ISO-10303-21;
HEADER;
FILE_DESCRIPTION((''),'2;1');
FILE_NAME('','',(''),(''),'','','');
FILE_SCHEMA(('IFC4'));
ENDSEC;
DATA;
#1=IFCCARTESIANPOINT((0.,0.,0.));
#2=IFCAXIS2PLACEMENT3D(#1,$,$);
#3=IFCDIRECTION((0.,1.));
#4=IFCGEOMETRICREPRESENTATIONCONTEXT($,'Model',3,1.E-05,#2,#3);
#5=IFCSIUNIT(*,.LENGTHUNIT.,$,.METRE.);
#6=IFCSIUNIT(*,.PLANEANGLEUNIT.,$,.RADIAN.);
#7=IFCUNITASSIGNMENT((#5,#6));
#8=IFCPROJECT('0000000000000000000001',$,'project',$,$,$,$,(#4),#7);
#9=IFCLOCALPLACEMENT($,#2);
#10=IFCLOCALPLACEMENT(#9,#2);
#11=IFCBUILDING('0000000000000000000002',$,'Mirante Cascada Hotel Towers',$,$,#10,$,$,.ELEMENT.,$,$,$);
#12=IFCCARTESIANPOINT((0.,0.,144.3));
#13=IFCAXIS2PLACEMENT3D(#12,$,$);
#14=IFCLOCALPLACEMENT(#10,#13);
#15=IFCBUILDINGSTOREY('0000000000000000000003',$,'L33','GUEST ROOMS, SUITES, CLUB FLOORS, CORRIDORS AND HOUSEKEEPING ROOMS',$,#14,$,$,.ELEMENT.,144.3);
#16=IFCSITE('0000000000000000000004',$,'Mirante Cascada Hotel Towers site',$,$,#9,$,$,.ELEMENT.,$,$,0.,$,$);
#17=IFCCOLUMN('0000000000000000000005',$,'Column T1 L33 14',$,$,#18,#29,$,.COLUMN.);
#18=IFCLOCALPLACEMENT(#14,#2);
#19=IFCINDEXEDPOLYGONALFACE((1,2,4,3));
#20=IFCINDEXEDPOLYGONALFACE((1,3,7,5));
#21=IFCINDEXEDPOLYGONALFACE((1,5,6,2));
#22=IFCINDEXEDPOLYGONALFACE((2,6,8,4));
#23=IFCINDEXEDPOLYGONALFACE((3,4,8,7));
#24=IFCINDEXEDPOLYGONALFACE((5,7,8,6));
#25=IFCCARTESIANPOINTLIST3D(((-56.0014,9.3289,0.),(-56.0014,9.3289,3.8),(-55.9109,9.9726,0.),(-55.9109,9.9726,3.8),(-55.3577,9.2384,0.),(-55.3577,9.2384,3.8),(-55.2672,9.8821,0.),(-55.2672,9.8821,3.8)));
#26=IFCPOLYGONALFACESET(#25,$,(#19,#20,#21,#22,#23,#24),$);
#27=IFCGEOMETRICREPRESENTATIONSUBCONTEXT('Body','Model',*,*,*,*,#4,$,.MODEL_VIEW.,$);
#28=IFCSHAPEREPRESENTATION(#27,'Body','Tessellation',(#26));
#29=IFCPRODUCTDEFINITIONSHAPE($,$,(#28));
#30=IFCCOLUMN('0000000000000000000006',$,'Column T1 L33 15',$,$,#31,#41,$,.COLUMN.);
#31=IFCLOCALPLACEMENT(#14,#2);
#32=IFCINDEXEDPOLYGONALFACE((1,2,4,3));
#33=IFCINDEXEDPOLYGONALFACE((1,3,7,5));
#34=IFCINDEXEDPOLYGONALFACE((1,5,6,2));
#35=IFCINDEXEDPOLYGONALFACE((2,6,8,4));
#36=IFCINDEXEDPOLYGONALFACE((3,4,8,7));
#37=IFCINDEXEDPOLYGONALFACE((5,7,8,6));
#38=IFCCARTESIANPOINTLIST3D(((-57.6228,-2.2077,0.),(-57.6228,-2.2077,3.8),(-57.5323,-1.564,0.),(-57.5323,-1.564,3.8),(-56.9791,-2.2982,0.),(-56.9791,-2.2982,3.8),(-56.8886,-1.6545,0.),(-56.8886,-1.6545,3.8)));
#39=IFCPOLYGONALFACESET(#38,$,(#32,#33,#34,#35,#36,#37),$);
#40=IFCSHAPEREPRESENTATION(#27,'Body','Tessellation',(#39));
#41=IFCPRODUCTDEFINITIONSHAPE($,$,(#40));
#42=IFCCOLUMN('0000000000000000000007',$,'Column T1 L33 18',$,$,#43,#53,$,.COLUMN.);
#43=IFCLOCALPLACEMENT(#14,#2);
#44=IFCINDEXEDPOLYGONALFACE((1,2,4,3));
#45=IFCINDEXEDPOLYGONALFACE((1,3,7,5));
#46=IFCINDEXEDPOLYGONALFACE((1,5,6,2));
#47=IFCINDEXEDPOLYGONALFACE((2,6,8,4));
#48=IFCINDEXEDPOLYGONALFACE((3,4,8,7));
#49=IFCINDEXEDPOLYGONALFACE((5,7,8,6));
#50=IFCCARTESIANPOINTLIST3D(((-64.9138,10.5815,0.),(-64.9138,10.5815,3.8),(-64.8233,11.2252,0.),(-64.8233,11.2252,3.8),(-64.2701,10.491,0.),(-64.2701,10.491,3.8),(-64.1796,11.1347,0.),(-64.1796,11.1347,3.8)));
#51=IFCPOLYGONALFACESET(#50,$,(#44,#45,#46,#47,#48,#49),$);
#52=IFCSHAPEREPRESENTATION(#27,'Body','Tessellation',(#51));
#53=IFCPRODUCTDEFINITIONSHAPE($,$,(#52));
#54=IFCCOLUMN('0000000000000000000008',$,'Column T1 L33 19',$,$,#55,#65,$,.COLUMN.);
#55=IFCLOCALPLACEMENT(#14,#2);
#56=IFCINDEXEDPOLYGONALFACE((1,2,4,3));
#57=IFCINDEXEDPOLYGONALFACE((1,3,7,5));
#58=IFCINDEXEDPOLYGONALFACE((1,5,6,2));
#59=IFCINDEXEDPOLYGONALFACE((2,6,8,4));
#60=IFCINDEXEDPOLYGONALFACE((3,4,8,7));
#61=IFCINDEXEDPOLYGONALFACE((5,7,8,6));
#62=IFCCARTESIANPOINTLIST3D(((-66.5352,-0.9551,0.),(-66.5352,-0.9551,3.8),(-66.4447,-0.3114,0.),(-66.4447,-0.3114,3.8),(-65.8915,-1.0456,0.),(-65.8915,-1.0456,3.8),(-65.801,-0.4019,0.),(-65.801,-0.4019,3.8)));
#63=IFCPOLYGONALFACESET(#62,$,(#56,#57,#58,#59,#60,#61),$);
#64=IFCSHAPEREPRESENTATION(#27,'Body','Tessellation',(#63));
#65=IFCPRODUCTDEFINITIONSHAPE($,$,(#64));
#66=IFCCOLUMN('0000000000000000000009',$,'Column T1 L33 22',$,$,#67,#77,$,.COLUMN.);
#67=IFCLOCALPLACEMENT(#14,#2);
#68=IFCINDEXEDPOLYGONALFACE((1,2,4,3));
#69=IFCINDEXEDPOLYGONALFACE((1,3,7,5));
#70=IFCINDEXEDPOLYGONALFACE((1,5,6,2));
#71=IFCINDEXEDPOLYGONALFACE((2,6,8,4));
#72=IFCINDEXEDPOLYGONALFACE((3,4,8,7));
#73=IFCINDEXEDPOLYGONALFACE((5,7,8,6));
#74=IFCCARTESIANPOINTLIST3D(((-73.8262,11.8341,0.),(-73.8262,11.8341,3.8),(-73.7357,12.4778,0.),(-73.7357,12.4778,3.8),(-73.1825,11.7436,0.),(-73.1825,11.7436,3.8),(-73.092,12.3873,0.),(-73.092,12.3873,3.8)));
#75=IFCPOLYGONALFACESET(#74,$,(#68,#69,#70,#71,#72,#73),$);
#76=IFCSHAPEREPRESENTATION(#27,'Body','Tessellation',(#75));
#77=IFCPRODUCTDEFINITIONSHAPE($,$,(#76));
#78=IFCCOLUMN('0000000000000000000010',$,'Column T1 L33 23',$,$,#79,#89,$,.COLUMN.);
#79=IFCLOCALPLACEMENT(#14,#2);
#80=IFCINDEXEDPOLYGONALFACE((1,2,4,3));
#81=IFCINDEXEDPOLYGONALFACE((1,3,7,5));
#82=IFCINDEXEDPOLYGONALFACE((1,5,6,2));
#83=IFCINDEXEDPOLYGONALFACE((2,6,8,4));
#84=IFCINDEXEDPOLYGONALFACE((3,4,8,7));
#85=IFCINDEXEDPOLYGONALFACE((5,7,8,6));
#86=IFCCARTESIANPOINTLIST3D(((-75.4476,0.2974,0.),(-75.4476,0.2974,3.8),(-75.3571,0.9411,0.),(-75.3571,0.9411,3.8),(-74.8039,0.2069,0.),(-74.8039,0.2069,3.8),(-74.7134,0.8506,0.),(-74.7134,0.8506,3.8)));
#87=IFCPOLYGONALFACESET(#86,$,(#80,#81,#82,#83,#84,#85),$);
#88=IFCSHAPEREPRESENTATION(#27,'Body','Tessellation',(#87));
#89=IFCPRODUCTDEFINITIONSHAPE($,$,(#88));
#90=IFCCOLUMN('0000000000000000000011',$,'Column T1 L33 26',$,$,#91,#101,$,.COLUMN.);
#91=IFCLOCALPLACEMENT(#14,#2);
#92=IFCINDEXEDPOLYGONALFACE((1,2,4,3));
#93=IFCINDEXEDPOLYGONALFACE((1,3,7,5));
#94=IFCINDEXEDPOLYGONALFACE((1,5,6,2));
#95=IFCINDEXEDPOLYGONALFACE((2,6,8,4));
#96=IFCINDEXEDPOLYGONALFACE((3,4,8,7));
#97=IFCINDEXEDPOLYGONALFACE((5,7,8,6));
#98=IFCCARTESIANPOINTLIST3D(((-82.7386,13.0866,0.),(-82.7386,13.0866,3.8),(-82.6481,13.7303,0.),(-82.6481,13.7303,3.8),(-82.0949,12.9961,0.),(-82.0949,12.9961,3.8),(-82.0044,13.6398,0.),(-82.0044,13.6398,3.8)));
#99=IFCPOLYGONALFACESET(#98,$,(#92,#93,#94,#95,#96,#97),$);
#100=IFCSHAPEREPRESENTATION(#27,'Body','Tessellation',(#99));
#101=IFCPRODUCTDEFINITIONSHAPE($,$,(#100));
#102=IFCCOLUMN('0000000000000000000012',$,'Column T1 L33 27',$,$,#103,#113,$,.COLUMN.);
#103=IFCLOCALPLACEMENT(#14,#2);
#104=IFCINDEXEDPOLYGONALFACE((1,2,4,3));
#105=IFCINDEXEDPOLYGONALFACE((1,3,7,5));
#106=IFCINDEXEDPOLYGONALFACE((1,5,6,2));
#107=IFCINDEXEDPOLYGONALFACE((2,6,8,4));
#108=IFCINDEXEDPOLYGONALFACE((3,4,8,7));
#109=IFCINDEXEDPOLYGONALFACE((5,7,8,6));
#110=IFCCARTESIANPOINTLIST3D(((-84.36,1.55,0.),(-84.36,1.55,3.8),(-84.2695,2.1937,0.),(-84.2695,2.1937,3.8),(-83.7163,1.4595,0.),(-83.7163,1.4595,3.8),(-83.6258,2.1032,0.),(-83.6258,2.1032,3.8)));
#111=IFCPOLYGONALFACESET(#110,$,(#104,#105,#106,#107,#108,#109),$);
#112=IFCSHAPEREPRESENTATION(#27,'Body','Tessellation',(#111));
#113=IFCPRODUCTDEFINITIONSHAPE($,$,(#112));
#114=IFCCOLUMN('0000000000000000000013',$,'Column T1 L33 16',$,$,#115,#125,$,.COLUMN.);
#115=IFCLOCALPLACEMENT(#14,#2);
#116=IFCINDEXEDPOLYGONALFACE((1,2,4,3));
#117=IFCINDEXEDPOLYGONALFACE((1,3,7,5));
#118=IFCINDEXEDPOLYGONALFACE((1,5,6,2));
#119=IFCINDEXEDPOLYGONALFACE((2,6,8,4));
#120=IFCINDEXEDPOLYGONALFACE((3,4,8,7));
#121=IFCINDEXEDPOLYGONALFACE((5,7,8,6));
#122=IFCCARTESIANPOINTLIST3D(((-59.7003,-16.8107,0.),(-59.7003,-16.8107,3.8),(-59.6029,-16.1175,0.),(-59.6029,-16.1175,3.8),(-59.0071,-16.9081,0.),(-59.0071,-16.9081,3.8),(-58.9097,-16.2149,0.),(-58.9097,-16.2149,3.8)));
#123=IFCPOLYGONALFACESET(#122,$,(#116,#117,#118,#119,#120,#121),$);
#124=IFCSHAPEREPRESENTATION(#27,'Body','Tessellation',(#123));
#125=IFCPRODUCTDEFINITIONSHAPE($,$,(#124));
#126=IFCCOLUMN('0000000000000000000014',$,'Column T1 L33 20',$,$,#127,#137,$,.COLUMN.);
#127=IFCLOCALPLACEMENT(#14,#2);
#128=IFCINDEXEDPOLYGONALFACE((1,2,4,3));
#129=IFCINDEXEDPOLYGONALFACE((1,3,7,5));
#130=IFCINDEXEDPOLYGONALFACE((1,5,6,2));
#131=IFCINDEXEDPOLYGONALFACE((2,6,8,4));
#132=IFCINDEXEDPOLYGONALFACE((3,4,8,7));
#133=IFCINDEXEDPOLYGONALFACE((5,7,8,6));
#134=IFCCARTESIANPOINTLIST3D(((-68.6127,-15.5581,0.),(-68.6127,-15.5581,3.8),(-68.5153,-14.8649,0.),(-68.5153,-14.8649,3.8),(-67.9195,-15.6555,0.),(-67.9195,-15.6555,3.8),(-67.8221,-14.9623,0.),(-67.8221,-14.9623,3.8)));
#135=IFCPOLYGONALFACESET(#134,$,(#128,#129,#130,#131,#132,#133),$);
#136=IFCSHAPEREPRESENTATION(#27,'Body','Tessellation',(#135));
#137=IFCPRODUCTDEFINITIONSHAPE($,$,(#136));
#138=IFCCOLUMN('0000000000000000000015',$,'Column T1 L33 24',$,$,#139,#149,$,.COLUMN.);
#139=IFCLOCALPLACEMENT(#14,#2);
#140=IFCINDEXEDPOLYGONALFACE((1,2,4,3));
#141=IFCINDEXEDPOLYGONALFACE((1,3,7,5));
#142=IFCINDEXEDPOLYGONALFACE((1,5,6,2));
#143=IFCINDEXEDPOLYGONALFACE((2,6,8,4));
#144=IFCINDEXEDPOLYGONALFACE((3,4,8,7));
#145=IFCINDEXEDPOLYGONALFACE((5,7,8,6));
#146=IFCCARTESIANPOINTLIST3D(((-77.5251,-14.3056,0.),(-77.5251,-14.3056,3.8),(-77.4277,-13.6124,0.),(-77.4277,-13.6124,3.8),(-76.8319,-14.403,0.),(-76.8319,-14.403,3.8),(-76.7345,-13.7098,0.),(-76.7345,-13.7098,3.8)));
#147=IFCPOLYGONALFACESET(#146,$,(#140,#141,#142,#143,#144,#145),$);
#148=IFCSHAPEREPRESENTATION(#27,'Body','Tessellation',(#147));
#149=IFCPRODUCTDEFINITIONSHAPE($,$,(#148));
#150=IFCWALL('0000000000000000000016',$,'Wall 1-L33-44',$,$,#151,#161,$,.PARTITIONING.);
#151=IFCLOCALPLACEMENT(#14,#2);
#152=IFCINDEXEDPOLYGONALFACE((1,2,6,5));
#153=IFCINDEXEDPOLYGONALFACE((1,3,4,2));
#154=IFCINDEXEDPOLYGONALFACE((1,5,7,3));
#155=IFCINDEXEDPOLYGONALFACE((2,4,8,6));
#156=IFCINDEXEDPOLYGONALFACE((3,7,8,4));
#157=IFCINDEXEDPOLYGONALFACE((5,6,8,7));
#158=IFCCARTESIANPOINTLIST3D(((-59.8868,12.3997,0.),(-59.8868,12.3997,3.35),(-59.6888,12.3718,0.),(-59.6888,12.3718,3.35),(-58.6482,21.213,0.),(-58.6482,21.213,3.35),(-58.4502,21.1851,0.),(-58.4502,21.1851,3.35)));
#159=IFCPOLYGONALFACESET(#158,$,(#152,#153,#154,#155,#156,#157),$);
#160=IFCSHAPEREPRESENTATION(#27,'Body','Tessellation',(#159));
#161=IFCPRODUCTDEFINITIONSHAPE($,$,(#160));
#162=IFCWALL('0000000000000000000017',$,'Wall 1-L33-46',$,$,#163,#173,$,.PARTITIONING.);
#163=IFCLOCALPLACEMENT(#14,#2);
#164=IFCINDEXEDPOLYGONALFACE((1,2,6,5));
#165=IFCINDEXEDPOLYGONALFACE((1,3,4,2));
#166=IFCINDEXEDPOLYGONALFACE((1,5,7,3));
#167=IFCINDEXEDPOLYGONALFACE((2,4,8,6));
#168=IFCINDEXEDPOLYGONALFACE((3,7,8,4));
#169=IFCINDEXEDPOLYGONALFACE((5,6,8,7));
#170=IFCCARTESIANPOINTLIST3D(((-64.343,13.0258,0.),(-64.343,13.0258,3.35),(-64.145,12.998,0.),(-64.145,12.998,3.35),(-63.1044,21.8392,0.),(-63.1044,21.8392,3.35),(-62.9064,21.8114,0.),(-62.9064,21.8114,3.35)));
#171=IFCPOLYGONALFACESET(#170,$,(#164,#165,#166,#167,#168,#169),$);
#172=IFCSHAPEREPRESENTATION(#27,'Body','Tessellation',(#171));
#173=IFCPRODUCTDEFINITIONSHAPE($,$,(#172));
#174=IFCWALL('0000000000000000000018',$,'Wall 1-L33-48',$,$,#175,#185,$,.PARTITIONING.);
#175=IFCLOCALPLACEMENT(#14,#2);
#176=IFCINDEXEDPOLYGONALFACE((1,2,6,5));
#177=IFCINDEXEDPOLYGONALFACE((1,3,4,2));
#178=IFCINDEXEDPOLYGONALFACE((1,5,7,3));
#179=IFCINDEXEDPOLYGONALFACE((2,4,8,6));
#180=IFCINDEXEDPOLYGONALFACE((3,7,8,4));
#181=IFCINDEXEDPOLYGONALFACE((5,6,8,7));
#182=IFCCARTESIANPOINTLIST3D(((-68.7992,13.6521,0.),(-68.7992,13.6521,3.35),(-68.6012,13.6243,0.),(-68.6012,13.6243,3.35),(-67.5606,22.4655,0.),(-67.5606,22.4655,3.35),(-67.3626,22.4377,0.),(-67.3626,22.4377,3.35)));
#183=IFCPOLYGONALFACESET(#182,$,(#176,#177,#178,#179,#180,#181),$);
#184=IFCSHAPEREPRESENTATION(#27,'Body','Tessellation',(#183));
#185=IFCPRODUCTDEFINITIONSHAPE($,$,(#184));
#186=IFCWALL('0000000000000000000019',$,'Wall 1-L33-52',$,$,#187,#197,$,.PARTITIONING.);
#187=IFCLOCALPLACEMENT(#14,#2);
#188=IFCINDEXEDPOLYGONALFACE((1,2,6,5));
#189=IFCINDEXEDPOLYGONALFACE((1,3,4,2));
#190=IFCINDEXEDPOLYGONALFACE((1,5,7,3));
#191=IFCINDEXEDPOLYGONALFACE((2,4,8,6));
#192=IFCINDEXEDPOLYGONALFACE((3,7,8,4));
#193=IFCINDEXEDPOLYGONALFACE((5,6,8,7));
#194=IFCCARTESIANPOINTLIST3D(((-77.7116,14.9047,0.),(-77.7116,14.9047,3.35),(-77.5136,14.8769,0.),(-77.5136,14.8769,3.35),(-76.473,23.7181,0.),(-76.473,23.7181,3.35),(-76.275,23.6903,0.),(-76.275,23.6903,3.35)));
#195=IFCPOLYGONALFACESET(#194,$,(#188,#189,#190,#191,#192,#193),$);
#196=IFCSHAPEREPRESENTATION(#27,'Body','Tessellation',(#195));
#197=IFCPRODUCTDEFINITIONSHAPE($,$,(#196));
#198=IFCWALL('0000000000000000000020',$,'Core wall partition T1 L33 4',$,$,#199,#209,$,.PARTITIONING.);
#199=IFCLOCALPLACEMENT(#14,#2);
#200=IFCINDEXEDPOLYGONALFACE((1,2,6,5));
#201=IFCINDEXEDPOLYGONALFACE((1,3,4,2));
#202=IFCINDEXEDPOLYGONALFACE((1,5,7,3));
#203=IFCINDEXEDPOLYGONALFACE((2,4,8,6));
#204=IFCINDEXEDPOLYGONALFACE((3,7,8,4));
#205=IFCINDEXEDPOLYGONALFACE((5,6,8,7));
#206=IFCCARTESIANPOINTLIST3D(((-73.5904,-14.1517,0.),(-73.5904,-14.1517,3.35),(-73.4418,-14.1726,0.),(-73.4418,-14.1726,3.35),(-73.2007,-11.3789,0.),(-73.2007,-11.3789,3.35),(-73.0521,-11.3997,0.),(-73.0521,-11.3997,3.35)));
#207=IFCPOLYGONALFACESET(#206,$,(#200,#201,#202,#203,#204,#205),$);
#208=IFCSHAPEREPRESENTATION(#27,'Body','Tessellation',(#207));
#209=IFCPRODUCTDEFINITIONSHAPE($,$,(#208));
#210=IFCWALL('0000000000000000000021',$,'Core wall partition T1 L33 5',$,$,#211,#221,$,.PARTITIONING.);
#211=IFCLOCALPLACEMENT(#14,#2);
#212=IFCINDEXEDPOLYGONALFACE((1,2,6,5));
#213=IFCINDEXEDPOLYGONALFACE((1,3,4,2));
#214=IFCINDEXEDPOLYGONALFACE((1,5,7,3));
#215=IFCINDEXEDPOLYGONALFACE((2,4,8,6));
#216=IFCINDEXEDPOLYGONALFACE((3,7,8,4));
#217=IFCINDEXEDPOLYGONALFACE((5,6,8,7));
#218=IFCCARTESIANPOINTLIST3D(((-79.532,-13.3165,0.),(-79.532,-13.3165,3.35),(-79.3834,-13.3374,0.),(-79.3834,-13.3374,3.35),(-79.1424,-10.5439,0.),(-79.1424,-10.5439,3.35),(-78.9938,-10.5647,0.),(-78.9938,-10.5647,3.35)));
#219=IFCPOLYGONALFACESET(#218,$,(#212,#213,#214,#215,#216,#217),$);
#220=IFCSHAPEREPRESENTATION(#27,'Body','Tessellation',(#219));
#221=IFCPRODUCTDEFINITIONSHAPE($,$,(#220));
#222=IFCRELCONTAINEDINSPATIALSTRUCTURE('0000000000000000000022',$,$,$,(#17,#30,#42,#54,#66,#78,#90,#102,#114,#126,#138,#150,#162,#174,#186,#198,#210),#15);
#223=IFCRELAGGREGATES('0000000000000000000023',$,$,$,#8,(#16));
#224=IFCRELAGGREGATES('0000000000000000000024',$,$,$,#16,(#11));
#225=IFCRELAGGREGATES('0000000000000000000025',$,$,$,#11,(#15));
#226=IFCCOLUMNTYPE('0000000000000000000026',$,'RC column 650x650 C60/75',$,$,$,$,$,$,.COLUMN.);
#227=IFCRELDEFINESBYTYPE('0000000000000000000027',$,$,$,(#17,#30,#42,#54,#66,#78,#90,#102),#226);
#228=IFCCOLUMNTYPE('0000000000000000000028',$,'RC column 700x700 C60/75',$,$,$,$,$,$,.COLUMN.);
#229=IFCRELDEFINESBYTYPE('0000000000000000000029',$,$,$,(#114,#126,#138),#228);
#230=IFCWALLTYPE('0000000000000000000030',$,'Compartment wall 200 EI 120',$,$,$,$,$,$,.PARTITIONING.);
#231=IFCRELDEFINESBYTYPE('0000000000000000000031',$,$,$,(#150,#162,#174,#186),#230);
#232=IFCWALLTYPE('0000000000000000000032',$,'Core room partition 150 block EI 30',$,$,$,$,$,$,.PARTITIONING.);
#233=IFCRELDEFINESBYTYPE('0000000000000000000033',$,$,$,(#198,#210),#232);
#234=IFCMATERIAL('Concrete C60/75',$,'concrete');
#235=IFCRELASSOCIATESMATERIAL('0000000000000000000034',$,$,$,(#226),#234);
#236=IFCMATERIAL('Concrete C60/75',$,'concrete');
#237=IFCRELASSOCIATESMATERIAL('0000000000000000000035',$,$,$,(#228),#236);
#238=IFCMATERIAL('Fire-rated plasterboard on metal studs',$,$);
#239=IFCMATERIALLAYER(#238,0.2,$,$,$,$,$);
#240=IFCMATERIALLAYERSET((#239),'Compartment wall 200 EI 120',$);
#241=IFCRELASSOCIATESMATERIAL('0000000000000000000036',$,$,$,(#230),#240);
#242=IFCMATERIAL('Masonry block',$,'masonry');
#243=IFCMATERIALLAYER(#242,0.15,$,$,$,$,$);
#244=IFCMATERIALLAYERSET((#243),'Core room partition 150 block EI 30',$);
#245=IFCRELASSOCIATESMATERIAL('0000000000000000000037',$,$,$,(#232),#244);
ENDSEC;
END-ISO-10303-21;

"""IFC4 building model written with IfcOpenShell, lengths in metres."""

from ifc_helpers import new_model, si_unit, direction, frame, frame_2d, origin, origin_2d, place, context, subcontext, project, spatial, rectangle, extrude, material, layer, layer_set, material_profile, profile_set, type_object, element, save


model = new_model("IFC4")

# Units and contexts
model_context = context("Model", 3, precision=1e-05, world=origin(), true_north=direction((0.0, 1.0)))
body_context = subcontext(model_context, "Body", "Model", "MODEL_VIEW")
ifc_project = project(units=[si_unit("LENGTHUNIT", "METRE"), si_unit("PLANEANGLEUNIT", "RADIAN")], contexts=[model_context])

# Site, building, storey
site_placement = place(None, origin())
site = spatial("IfcSite", under=ifc_project, at=site_placement, Name="Mirante Cascada Hotel Towers site", CompositionType="ELEMENT", RefElevation=0.0)
building_placement = place(site_placement, origin())
building = spatial("IfcBuilding", under=site, at=building_placement, Name="Mirante Cascada Hotel Towers", CompositionType="ELEMENT")
storey_placement = place(building_placement, frame((0.0, 0.0, 144.3)))
storey = spatial("IfcBuildingStorey", under=building, at=storey_placement, Name="L33", Description="GUEST ROOMS, SUITES, CLUB FLOORS, CORRIDORS AND HOUSEKEEPING ROOMS", CompositionType="ELEMENT", Elevation=144.3)

# Columns
ifc_material_1 = material(Name="Concrete C60/75", Category="concrete")
ifc_material_profile_1 = material_profile(ifc_material_1, rectangle(XDim=0.65, YDim=0.65, at=origin_2d()), Name="RC column 650x650 C60/75")
ifc_profile_set_1 = profile_set([ifc_material_profile_1], Name="Concrete C60/75")
column_type_1 = type_object("IfcColumnType", Name="RC column 650x650 C60/75", PredefinedType="COLUMN", material=ifc_profile_set_1)
for number, where, z_axis, x_axis, name in (
    (1, (-55.6343, 9.6055, 0.0), (0.0, 0.0, 1.0), (-0.990268, 0.139173, 0.0), "Column T1 L33 14"),
    (2, (-57.2557, -1.9311, 0.0), (0.0, 0.0, 1.0), (-0.990268, 0.139173, 0.0), "Column T1 L33 15"),
    (3, (-64.5467, 10.8581, 0.0), (0.0, 0.0, 1.0), (-0.990268, 0.139173, 0.0), "Column T1 L33 18"),
    (4, (-66.1681, -0.6785, 0.0), (0.0, 0.0, 1.0), (-0.990268, 0.139173, 0.0), "Column T1 L33 19"),
    (5, (-73.4591, 12.1107, 0.0), (0.0, 0.0, 1.0), (-0.990268, 0.139173, 0.0), "Column T1 L33 22"),
    (6, (-75.0805, 0.574, 0.0), (0.0, 0.0, 1.0), (-0.990268, 0.139173, 0.0), "Column T1 L33 23"),
    (7, (-82.3715, 13.3632, 0.0), (0.0, 0.0, 1.0), (-0.990268, 0.139173, 0.0), "Column T1 L33 26"),
    (8, (-83.9929, 1.8266, 0.0), (0.0, 0.0, 1.0), (-0.990268, 0.139173, 0.0), "Column T1 L33 27"),
):
    element("IfcColumn", number, at=place(storey_placement, frame(where, z_axis=z_axis, x_axis=x_axis)), inside=storey, type_object=column_type_1, Name=name, PredefinedType="COLUMN", context=body_context, shape_type="SweptSolid", body=[
        extrude(rectangle(XDim=0.65, YDim=0.65, at=origin_2d()), origin(), (0.0, 0.0, 1.0), 3.8),
    ])
ifc_material_2 = material(Name="Concrete C60/75", Category="concrete")
ifc_material_profile_2 = material_profile(ifc_material_2, rectangle(XDim=0.7, YDim=0.7, at=origin_2d()), Name="RC column 700x700 C60/75")
ifc_profile_set_2 = profile_set([ifc_material_profile_2], Name="Concrete C60/75")
column_type_2 = type_object("IfcColumnType", Name="RC column 700x700 C60/75", PredefinedType="COLUMN", material=ifc_profile_set_2)
for number, where, z_axis, x_axis, name in (
    (9, (-59.305, -16.5128, 0.0), (0.0, 0.0, 1.0), (-0.990268, 0.139173, 0.0), "Column T1 L33 16"),
    (10, (-68.2174, -15.2602, 0.0), (0.0, 0.0, 1.0), (-0.990268, 0.139173, 0.0), "Column T1 L33 20"),
    (11, (-77.1298, -14.0077, 0.0), (0.0, 0.0, 1.0), (-0.990268, 0.139173, 0.0), "Column T1 L33 24"),
):
    element("IfcColumn", number, at=place(storey_placement, frame(where, z_axis=z_axis, x_axis=x_axis)), inside=storey, type_object=column_type_2, Name=name, PredefinedType="COLUMN", context=body_context, shape_type="SweptSolid", body=[
        extrude(rectangle(XDim=0.7, YDim=0.7, at=origin_2d()), origin(), (0.0, 0.0, 1.0), 3.8),
    ])

# Walls
ifc_material_3 = material(Name="Fire-rated plasterboard on metal studs")
ifc_layer_1 = layer(ifc_material_3, 0.2)
ifc_layer_set_1 = layer_set([ifc_layer_1], Name="Compartment wall 200 EI 120")
wall_type_1 = type_object("IfcWallType", Name="Compartment wall 200 EI 120", PredefinedType="PARTITIONING", material=ifc_layer_set_1)
wall_1_placement = place(storey_placement, frame((-59.7878, 12.3857, 0.0), z_axis=(0.0, 0.0, 1.0), x_axis=(0.13917, 0.990268, 0.0)))
element("IfcWall", 12, at=wall_1_placement, inside=storey, type_object=wall_type_1, Name="Wall 1-L33-44", PredefinedType="PARTITIONING", context=body_context, shape_type="SweptSolid", body=[
    extrude(rectangle(XDim=8.8999, YDim=0.2, at=frame_2d((4.45, 0.0))), origin(), (0.0, 0.0, 1.0), 3.35),
])
for number, where, z_axis, x_axis, name in (
    (13, (-64.244, 13.0119, 0.0), (0.0, 0.0, 1.0), (0.139168, 0.990269, 0.0), "Wall 1-L33-46"),
    (14, (-68.7002, 13.6382, 0.0), (0.0, 0.0, 1.0), (0.139168, 0.990269, 0.0), "Wall 1-L33-48"),
    (15, (-77.6126, 14.8908, 0.0), (0.0, 0.0, 1.0), (0.139168, 0.990269, 0.0), "Wall 1-L33-52"),
):
    element("IfcWall", number, at=place(storey_placement, frame(where, z_axis=z_axis, x_axis=x_axis)), inside=storey, type_object=wall_type_1, Name=name, PredefinedType="PARTITIONING", context=body_context, shape_type="SweptSolid", body=[
        extrude(rectangle(XDim=8.9, YDim=0.2, at=frame_2d((4.45, 0.0))), origin(), (0.0, 0.0, 1.0), 3.35),
    ])
ifc_material_4 = material(Name="Masonry block", Category="masonry")
ifc_layer_2 = layer(ifc_material_4, 0.15)
ifc_layer_set_2 = layer_set([ifc_layer_2], Name="Core room partition 150 block EI 30")
wall_type_2 = type_object("IfcWallType", Name="Core room partition 150 block EI 30", PredefinedType="PARTITIONING", material=ifc_layer_set_2)
wall_2_placement = place(storey_placement, frame((-73.5161, -14.1621, 0.0), z_axis=(0.0, 0.0, 1.0), x_axis=(0.139176, 0.990268, 0.0)))
element("IfcWall", 16, at=wall_2_placement, inside=storey, type_object=wall_type_2, Name="Core wall partition T1 L33 4", PredefinedType="PARTITIONING", context=body_context, shape_type="SweptSolid", body=[
    extrude(rectangle(XDim=2.8001, YDim=0.15, at=frame_2d((1.4, 0.0))), origin(), (0.0, 0.0, 1.0), 3.35),
])
wall_3_placement = place(storey_placement, frame((-79.4577, -13.327, 0.0), z_axis=(0.0, 0.0, 1.0), x_axis=(0.139146, 0.990272, 0.0)))
element("IfcWall", 17, at=wall_3_placement, inside=storey, type_object=wall_type_2, Name="Core wall partition T1 L33 5", PredefinedType="PARTITIONING", context=body_context, shape_type="SweptSolid", body=[
    extrude(rectangle(XDim=2.7999, YDim=0.15, at=frame_2d((1.4, 0.0))), origin(), (0.0, 0.0, 1.0), 3.35),
])

save(model, "model.ifc")
